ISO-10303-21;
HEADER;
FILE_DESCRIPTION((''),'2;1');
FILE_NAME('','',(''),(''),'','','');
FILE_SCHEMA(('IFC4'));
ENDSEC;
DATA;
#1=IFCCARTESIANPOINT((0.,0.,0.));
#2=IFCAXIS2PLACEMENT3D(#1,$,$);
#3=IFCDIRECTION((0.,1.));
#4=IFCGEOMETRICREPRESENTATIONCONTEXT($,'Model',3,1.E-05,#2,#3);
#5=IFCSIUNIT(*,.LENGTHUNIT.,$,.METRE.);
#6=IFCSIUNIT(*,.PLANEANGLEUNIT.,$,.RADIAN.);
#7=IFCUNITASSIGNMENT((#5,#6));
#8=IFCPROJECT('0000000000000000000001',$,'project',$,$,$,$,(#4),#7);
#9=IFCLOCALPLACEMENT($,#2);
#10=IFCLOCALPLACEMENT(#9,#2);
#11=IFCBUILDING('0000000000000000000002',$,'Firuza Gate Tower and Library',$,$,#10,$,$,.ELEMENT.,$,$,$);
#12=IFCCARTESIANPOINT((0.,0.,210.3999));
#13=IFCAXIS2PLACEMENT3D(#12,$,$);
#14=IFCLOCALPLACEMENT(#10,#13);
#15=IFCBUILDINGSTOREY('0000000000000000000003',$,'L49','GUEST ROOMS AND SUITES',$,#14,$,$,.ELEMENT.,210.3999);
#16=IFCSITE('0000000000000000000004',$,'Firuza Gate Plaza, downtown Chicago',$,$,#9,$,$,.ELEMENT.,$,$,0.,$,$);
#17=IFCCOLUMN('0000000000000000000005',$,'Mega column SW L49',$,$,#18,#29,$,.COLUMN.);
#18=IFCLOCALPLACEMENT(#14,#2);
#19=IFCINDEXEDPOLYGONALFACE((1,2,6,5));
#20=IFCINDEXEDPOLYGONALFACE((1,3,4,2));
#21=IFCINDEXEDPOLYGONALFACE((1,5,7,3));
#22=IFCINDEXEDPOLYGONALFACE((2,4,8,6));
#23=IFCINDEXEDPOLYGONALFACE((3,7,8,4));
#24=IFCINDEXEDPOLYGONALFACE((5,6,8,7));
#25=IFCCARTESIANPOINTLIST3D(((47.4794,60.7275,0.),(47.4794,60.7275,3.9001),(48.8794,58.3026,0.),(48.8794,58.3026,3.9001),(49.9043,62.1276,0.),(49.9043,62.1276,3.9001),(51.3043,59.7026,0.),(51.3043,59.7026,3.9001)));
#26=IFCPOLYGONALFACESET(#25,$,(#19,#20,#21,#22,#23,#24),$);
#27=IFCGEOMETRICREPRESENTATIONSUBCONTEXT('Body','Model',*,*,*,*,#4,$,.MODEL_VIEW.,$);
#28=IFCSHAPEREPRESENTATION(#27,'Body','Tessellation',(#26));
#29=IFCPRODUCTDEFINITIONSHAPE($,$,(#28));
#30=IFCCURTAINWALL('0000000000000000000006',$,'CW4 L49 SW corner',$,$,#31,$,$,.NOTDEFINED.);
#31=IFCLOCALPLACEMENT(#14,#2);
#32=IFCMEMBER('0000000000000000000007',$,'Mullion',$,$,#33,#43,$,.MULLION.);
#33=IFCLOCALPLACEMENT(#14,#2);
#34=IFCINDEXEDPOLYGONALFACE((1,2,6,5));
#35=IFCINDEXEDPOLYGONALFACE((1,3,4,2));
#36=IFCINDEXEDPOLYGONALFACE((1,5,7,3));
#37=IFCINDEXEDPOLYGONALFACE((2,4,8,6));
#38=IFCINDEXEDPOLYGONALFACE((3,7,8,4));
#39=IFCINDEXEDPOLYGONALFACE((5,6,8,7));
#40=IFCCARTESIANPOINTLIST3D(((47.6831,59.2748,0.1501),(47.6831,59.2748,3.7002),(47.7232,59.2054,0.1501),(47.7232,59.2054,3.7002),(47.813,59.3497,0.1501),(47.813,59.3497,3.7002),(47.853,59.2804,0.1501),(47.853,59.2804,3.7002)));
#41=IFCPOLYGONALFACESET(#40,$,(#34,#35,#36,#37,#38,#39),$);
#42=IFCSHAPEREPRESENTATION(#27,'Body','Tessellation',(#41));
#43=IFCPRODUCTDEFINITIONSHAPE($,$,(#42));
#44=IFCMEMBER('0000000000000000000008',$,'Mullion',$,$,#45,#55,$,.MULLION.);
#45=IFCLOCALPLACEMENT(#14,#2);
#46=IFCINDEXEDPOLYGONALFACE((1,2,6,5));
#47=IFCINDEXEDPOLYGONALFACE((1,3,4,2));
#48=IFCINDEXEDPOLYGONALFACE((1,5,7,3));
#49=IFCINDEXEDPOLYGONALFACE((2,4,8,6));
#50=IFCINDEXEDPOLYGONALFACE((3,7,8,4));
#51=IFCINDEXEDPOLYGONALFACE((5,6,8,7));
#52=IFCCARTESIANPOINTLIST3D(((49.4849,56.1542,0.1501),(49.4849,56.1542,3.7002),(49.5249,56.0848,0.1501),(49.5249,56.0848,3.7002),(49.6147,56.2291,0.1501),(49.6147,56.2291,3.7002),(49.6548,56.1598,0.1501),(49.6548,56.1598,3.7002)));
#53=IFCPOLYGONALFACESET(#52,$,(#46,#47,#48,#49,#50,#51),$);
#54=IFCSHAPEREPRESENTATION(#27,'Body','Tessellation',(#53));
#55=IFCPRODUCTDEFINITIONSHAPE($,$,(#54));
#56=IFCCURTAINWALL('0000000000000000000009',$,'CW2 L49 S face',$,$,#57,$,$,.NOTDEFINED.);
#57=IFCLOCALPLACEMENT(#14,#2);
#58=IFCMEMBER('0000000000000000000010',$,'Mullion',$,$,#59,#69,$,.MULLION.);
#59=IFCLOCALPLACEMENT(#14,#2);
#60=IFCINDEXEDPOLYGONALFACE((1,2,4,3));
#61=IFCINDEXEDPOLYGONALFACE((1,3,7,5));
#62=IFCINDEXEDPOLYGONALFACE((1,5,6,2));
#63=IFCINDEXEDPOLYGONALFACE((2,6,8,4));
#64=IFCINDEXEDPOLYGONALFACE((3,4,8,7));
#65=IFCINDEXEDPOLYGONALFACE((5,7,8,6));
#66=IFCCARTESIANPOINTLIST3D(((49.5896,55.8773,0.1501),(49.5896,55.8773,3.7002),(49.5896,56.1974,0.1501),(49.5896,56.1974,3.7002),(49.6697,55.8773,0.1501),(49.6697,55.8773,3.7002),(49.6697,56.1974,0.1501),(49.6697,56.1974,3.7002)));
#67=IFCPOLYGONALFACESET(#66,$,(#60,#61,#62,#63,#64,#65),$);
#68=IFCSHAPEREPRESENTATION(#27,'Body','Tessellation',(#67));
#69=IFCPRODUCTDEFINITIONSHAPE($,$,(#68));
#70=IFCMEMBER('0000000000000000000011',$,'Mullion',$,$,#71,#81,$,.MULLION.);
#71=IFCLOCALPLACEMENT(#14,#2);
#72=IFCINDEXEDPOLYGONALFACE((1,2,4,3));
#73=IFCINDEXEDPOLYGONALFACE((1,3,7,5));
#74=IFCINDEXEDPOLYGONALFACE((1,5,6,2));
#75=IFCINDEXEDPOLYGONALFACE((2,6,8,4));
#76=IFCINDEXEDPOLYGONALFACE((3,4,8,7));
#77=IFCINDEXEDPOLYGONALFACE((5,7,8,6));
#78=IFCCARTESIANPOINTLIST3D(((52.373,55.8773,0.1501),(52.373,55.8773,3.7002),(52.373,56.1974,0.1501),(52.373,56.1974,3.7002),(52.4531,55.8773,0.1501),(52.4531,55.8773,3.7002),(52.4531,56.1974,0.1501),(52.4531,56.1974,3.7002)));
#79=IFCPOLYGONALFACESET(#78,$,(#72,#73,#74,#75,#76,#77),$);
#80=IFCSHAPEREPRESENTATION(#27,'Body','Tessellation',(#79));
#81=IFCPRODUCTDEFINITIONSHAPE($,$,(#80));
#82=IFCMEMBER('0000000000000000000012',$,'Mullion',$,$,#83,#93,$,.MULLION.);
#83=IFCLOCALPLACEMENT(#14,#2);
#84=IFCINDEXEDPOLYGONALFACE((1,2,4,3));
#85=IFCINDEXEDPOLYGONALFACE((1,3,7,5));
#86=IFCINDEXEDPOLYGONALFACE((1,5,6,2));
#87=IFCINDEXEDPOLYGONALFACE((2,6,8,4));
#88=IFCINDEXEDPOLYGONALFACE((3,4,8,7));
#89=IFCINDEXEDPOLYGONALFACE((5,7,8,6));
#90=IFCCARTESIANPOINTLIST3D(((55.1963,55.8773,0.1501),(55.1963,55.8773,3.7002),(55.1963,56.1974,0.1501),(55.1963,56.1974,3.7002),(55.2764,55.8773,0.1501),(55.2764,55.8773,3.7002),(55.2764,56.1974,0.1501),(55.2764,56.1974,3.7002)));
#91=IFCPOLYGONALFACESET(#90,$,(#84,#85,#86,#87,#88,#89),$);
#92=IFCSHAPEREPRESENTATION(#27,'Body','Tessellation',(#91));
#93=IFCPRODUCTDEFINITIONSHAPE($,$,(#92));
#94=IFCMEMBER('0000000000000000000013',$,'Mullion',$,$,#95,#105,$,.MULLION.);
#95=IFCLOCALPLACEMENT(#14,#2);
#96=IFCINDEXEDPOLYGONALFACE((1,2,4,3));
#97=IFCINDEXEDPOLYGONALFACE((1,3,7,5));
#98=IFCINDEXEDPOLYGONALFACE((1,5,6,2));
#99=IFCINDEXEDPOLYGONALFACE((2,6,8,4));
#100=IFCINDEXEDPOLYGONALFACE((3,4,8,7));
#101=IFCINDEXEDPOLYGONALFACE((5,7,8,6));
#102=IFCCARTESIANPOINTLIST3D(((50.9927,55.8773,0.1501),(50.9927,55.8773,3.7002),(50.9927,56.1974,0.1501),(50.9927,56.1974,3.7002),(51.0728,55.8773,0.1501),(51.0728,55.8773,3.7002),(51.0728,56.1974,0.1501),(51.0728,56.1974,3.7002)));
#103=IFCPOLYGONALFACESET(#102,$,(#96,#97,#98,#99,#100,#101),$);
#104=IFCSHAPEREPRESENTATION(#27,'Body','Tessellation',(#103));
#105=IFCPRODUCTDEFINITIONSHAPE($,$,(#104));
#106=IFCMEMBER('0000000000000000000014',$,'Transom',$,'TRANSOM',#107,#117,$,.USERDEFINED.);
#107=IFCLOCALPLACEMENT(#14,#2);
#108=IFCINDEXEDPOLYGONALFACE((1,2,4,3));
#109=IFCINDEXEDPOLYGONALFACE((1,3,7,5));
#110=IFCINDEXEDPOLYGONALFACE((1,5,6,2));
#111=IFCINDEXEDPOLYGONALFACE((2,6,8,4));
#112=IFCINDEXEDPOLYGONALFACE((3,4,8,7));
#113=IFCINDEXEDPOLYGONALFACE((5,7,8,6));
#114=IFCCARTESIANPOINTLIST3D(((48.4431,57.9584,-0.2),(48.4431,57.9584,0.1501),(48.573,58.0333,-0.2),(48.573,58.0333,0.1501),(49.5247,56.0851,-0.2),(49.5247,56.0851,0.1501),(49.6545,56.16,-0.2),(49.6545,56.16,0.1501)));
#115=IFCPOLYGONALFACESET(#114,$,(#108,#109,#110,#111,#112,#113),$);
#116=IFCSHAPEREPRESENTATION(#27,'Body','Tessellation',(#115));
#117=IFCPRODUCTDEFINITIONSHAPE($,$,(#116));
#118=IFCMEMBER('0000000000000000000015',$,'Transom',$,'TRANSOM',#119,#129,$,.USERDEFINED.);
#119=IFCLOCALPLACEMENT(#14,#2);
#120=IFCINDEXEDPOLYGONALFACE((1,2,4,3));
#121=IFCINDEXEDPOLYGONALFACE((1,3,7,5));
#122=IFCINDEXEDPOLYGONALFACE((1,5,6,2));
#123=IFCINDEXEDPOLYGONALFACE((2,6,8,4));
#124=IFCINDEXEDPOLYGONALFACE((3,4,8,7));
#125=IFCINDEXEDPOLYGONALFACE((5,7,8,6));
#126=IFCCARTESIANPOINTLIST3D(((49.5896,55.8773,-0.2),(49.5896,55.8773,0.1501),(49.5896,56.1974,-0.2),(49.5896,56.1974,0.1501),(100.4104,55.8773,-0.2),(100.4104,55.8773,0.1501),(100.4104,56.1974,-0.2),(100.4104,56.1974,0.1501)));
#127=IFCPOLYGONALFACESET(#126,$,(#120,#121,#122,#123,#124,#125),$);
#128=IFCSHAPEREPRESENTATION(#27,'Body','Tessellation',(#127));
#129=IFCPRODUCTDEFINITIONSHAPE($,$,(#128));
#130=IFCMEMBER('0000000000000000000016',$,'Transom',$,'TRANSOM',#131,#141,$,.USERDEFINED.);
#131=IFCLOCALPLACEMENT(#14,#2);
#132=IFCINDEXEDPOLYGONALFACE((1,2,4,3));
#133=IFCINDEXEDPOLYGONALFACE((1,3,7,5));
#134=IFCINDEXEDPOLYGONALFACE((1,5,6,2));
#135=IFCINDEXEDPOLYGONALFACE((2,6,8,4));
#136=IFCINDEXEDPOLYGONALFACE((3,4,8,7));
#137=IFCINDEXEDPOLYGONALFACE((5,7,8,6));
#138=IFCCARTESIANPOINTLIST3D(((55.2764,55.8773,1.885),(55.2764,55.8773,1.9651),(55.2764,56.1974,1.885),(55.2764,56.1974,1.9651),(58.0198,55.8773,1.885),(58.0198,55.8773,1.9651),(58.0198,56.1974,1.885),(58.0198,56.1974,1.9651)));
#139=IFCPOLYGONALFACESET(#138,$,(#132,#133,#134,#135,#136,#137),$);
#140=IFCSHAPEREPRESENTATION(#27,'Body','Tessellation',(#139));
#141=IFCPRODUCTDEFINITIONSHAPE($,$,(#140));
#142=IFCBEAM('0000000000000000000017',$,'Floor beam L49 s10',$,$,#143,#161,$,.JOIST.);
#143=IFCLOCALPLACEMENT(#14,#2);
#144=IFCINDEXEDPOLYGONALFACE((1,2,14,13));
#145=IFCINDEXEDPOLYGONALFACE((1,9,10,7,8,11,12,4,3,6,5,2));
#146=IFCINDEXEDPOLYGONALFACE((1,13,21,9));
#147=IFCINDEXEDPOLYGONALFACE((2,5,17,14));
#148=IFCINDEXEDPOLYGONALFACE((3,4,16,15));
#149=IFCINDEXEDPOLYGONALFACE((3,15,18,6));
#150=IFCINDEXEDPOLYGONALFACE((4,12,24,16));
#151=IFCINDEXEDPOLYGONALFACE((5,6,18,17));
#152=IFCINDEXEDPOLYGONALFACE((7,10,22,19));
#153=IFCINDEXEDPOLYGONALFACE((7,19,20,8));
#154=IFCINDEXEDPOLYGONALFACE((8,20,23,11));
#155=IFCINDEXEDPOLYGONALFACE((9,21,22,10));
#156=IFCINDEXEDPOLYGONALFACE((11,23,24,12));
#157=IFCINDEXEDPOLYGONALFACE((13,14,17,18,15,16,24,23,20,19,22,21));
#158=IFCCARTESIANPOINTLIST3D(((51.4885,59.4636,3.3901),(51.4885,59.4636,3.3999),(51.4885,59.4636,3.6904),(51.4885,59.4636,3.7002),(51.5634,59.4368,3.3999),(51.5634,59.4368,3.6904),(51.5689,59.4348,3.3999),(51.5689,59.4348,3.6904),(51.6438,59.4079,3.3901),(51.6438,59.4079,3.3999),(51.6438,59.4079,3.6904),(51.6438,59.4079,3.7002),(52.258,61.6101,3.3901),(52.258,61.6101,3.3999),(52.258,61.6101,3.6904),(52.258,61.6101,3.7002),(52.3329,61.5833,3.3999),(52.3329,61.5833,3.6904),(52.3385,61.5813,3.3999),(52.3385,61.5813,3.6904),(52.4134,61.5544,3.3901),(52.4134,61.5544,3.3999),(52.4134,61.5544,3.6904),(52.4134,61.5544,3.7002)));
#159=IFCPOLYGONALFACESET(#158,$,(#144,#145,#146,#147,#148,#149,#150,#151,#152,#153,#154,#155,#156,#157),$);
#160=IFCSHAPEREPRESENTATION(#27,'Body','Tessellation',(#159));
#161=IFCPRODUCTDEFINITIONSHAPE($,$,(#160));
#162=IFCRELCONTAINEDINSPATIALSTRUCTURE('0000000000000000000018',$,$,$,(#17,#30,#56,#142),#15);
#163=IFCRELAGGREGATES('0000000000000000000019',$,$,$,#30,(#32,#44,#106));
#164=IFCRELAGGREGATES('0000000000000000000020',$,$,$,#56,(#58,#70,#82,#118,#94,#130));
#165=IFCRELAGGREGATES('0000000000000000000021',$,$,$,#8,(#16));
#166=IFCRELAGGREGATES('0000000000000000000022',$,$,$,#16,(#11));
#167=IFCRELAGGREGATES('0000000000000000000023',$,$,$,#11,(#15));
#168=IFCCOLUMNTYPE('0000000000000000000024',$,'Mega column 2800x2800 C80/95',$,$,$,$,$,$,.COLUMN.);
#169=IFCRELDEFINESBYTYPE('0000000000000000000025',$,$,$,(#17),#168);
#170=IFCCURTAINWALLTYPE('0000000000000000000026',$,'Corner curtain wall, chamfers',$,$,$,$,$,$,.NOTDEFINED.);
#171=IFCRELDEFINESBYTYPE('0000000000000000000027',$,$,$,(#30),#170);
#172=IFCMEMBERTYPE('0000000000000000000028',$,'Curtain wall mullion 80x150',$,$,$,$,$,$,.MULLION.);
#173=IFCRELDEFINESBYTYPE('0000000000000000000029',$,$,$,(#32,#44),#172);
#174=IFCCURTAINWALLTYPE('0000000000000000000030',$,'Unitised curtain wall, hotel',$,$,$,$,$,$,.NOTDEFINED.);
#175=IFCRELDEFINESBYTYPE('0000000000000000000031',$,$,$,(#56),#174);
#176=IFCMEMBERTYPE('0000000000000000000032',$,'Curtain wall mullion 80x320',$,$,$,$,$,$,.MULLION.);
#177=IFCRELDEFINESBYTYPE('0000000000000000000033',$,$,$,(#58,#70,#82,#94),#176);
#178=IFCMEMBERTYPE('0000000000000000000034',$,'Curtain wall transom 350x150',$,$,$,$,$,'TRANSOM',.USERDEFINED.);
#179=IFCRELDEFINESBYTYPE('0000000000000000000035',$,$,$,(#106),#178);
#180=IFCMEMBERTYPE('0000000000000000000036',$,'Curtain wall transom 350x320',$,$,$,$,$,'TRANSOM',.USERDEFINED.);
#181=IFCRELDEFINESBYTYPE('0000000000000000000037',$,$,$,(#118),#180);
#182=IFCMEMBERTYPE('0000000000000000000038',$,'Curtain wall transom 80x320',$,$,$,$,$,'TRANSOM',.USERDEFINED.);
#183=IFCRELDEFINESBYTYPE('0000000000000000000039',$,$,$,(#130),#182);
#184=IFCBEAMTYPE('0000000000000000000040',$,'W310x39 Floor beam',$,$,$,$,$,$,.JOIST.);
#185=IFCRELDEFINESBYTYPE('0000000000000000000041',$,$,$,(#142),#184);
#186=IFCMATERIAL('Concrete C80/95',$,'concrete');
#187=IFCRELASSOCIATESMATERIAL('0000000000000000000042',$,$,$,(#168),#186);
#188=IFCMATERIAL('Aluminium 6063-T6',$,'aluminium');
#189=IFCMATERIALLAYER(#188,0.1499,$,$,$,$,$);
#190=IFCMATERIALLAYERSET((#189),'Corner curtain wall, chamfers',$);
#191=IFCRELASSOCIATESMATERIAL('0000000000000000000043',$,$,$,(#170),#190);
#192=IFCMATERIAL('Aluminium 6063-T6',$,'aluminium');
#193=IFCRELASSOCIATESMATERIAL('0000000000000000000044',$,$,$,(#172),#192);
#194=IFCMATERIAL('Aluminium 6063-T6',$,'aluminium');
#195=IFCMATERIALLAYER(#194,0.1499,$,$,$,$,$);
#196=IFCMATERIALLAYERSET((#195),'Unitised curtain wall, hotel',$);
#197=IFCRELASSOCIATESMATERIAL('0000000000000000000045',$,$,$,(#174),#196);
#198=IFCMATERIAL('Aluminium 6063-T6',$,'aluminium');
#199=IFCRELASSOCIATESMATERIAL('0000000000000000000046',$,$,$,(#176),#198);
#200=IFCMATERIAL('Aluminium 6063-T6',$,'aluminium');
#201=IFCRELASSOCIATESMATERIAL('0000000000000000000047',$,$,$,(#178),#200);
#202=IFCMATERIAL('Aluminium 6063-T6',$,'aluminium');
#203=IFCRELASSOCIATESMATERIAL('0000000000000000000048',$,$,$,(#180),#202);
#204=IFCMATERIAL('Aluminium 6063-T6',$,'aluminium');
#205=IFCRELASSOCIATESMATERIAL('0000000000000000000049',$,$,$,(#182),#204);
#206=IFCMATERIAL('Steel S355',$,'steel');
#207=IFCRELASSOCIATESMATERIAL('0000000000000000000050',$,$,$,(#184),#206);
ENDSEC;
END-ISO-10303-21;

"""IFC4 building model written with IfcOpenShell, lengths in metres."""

from ifc_helpers import new_model, si_unit, direction, frame, origin, origin_2d, place, context, subcontext, project, spatial, rectangle, i_section, extrude, material, layer, layer_set, material_profile, profile_set, type_object, element, aggregate, save


model = new_model("IFC4")

# Units and contexts
model_context = context("Model", 3, precision=1e-05, world=origin(), true_north=direction((0.0, 1.0)))
body_context = subcontext(model_context, "Body", "Model", "MODEL_VIEW")
ifc_project = project(units=[si_unit("LENGTHUNIT", "METRE"), si_unit("PLANEANGLEUNIT", "RADIAN")], contexts=[model_context])

# Site, building, storey
site_placement = place(None, origin())
site = spatial("IfcSite", under=ifc_project, at=site_placement, Name="Firuza Gate Plaza, downtown Chicago", CompositionType="ELEMENT", RefElevation=0.0)
building_placement = place(site_placement, origin())
building = spatial("IfcBuilding", under=site, at=building_placement, Name="Firuza Gate Tower and Library", CompositionType="ELEMENT")
storey_placement = place(building_placement, frame((0.0, 0.0, 210.3999)))
storey = spatial("IfcBuildingStorey", under=building, at=storey_placement, Name="L49", Description="GUEST ROOMS AND SUITES", CompositionType="ELEMENT", Elevation=210.3999)

# Column
ifc_material_1 = material(Name="Concrete C80/95", Category="concrete")
ifc_material_profile_1 = material_profile(ifc_material_1, rectangle(XDim=2.8, YDim=2.8, at=origin_2d()))
ifc_profile_set_1 = profile_set([ifc_material_profile_1], Name="Concrete C80/95")
column_type = type_object("IfcColumnType", Name="Mega column 2800x2800 C80/95", PredefinedType="COLUMN", material=ifc_profile_set_1)
column_placement = place(storey_placement, frame((49.3918, 60.2151, 0.0), z_axis=(0.0, 0.0, 1.0), x_axis=(0.5, -0.866025, 0.0)))
element("IfcColumn", 1, at=column_placement, inside=storey, type_object=column_type, Name="Mega column SW L49", PredefinedType="COLUMN", context=body_context, shape_type="SweptSolid", body=[
    extrude(rectangle(XDim=2.8, YDim=2.8, at=origin_2d()), origin(), (0.0, 0.0, 1.0), 3.9001),
])

# Curtain walls, members
ifc_material_2 = material(Name="Aluminium 6063-T6", Category="aluminium")
ifc_layer_1 = layer(ifc_material_2, 0.1499)
ifc_layer_set_1 = layer_set([ifc_layer_1], Name="Corner curtain wall, chamfers")
curtain_wall_type_1 = type_object("IfcCurtainWallType", Name="Corner curtain wall, chamfers", PredefinedType="NOTDEFINED", material=ifc_layer_set_1)
placement_1 = place(storey_placement, origin())
curtain_wall_1 = element("IfcCurtainWall", 2, at=placement_1, inside=storey, type_object=curtain_wall_type_1, Name="CW4 L49 SW corner", PredefinedType="NOTDEFINED")
ifc_material_3 = material(Name="Aluminium 6063-T6", Category="aluminium")
ifc_material_profile_2 = material_profile(ifc_material_3, rectangle(XDim=0.1499, YDim=0.0801, at=origin_2d()))
ifc_profile_set_2 = profile_set([ifc_material_profile_2], Name="Aluminium 6063-T6")
member_type_1 = type_object("IfcMemberType", Name="Curtain wall mullion 80x150", PredefinedType="MULLION", material=ifc_profile_set_2)
member_1_placement = place(storey_placement, frame((47.7681, 59.2776, 0.1501), z_axis=(0.0, 0.0, 1.0), x_axis=(0.866025, 0.5, 0.0)))
member_1 = element("IfcMember", 3, at=member_1_placement, type_object=member_type_1, Name="Mullion", PredefinedType="MULLION", context=body_context, shape_type="SweptSolid", body=[
    extrude(rectangle(XDim=0.1499, YDim=0.0801, at=origin_2d()), origin(), (0.0, 0.0, 1.0), 3.55),
])
member_2_placement = place(storey_placement, frame((49.5698, 56.157, 0.1501), z_axis=(0.0, 0.0, 1.0), x_axis=(0.866025, 0.5, 0.0)))
member_2 = element("IfcMember", 4, at=member_2_placement, type_object=member_type_1, Name="Mullion", PredefinedType="MULLION", context=body_context, shape_type="SweptSolid", body=[
    extrude(rectangle(XDim=0.1499, YDim=0.0801, at=origin_2d()), origin(), (0.0, 0.0, 1.0), 3.55),
])
ifc_material_4 = material(Name="Aluminium 6063-T6", Category="aluminium")
ifc_layer_2 = layer(ifc_material_4, 0.1499)
ifc_layer_set_2 = layer_set([ifc_layer_2], Name="Unitised curtain wall, hotel")
curtain_wall_type_2 = type_object("IfcCurtainWallType", Name="Unitised curtain wall, hotel", PredefinedType="NOTDEFINED", material=ifc_layer_set_2)
curtain_wall_2 = element("IfcCurtainWall", 5, at=placement_1, inside=storey, type_object=curtain_wall_type_2, Name="CW2 L49 S face", PredefinedType="NOTDEFINED")
ifc_material_5 = material(Name="Aluminium 6063-T6", Category="aluminium")
ifc_material_profile_3 = material_profile(ifc_material_5, rectangle(XDim=0.3201, YDim=0.0801, at=origin_2d()))
ifc_profile_set_3 = profile_set([ifc_material_profile_3], Name="Aluminium 6063-T6")
member_type_2 = type_object("IfcMemberType", Name="Curtain wall mullion 80x320", PredefinedType="MULLION", material=ifc_profile_set_3)
member_3_placement = place(storey_placement, frame((49.6296, 56.0374, 0.1501), z_axis=(0.0, 0.0, 1.0), x_axis=(0.0, 1.0, 0.0)))
member_3 = element("IfcMember", 6, at=member_3_placement, type_object=member_type_2, Name="Mullion", PredefinedType="MULLION", context=body_context, shape_type="SweptSolid", body=[
    extrude(rectangle(XDim=0.3201, YDim=0.0801, at=origin_2d()), origin(), (0.0, 0.0, 1.0), 3.55),
])
member_4_placement = place(storey_placement, frame((52.4131, 56.0374, 0.1501), z_axis=(0.0, 0.0, 1.0), x_axis=(0.0, 1.0, 0.0)))
member_4 = element("IfcMember", 7, at=member_4_placement, type_object=member_type_2, Name="Mullion", PredefinedType="MULLION", context=body_context, shape_type="SweptSolid", body=[
    extrude(rectangle(XDim=0.3201, YDim=0.0801, at=origin_2d()), origin(), (0.0, 0.0, 1.0), 3.55),
])
member_5_placement = place(storey_placement, frame((55.2363, 56.0374, 0.1501), z_axis=(0.0, 0.0, 1.0), x_axis=(0.0, 1.0, 0.0)))
member_5 = element("IfcMember", 8, at=member_5_placement, type_object=member_type_2, Name="Mullion", PredefinedType="MULLION", context=body_context, shape_type="SweptSolid", body=[
    extrude(rectangle(XDim=0.3201, YDim=0.0801, at=origin_2d()), origin(), (0.0, 0.0, 1.0), 3.55),
])
member_6_placement = place(storey_placement, frame((51.0327, 56.0374, 0.1501), z_axis=(0.0, 0.0, 1.0), x_axis=(0.0, 1.0, 0.0)))
member_6 = element("IfcMember", 9, at=member_6_placement, type_object=member_type_2, Name="Mullion", PredefinedType="MULLION", context=body_context, shape_type="SweptSolid", body=[
    extrude(rectangle(XDim=0.3201, YDim=0.0801, at=origin_2d()), origin(), (0.0, 0.0, 1.0), 3.55),
])

# Members
ifc_material_6 = material(Name="Aluminium 6063-T6", Category="aluminium")
ifc_material_profile_4 = material_profile(ifc_material_6, rectangle(XDim=0.1499, YDim=0.3501, at=origin_2d()))
ifc_profile_set_4 = profile_set([ifc_material_profile_4], Name="Aluminium 6063-T6")
member_type_3 = type_object("IfcMemberType", Name="Curtain wall transom 350x150", ElementType="TRANSOM", PredefinedType="USERDEFINED", material=ifc_profile_set_4)
member_7_placement = place(storey_placement, frame((48.5081, 57.9958, -0.0249), z_axis=(0.499999, -0.866026, 0.0), x_axis=(0.866026, 0.499999, 0.0)))
member_7 = element("IfcMember", 10, at=member_7_placement, type_object=member_type_3, Name="Transom", ObjectType="TRANSOM", PredefinedType="USERDEFINED", context=body_context, shape_type="SweptSolid", body=[
    extrude(rectangle(XDim=0.1499, YDim=0.3501, at=origin_2d()), origin(), (0.0, 0.0, 1.0), 2.1631),
])
ifc_material_7 = material(Name="Aluminium 6063-T6", Category="aluminium")
ifc_material_profile_5 = material_profile(ifc_material_7, rectangle(XDim=0.3201, YDim=0.3501, at=origin_2d()))
ifc_profile_set_5 = profile_set([ifc_material_profile_5], Name="Aluminium 6063-T6")
member_type_4 = type_object("IfcMemberType", Name="Curtain wall transom 350x320", ElementType="TRANSOM", PredefinedType="USERDEFINED", material=ifc_profile_set_5)
member_8_placement = place(storey_placement, frame((49.5896, 56.0374, -0.0249), z_axis=(1.0, 0.0, 0.0), x_axis=(0.0, 1.0, 0.0)))
member_8 = element("IfcMember", 11, at=member_8_placement, type_object=member_type_4, Name="Transom", ObjectType="TRANSOM", PredefinedType="USERDEFINED", context=body_context, shape_type="SweptSolid", body=[
    extrude(rectangle(XDim=0.3201, YDim=0.3501, at=origin_2d()), origin(), (0.0, 0.0, 1.0), 50.8208),
])
ifc_material_8 = material(Name="Aluminium 6063-T6", Category="aluminium")
ifc_material_profile_6 = material_profile(ifc_material_8, rectangle(XDim=0.3201, YDim=0.0801, at=origin_2d()))
ifc_profile_set_6 = profile_set([ifc_material_profile_6], Name="Aluminium 6063-T6")
member_type_5 = type_object("IfcMemberType", Name="Curtain wall transom 80x320", ElementType="TRANSOM", PredefinedType="USERDEFINED", material=ifc_profile_set_6)
member_9_placement = place(storey_placement, frame((55.2764, 56.0374, 1.925), z_axis=(1.0, 0.0, 0.0), x_axis=(0.0, 1.0, 0.0)))
member_9 = element("IfcMember", 12, at=member_9_placement, type_object=member_type_5, Name="Transom", ObjectType="TRANSOM", PredefinedType="USERDEFINED", context=body_context, shape_type="SweptSolid", body=[
    extrude(rectangle(XDim=0.3201, YDim=0.0801, at=origin_2d()), origin(), (0.0, 0.0, 1.0), 2.7434),
])

# Beam
ifc_material_9 = material(Name="Steel S355", Category="steel")
ifc_material_profile_7 = material_profile(ifc_material_9, i_section(OverallWidth=0.165, OverallDepth=0.3101, WebThickness=0.0059, FlangeThickness=0.0098, at=origin_2d()))
ifc_profile_set_7 = profile_set([ifc_material_profile_7], Name="Steel S355")
beam_type_1 = type_object("IfcBeamType", Name="W310x39 Floor beam", PredefinedType="JOIST", material=ifc_profile_set_7)
beam_1_placement = place(storey_placement, frame((51.5662, 59.4358, 3.5452), z_axis=(0.337476, 0.941334, 0.0), x_axis=(-0.941334, 0.337476, 0.0)))
element("IfcBeam", 13, at=beam_1_placement, inside=storey, type_object=beam_type_1, Name="Floor beam L49 s10", PredefinedType="JOIST", context=body_context, shape_type="SweptSolid", body=[
    extrude(i_section(OverallWidth=0.165, OverallDepth=0.3101, WebThickness=0.0059, FlangeThickness=0.0098, at=origin_2d()), origin(), (0.0, 0.0, 1.0), 2.2803),
])

aggregate(curtain_wall_1, [member_1, member_2, member_7])
aggregate(curtain_wall_2, [member_3, member_4, member_5, member_8, member_6, member_9])

save(model, "model.ifc")
